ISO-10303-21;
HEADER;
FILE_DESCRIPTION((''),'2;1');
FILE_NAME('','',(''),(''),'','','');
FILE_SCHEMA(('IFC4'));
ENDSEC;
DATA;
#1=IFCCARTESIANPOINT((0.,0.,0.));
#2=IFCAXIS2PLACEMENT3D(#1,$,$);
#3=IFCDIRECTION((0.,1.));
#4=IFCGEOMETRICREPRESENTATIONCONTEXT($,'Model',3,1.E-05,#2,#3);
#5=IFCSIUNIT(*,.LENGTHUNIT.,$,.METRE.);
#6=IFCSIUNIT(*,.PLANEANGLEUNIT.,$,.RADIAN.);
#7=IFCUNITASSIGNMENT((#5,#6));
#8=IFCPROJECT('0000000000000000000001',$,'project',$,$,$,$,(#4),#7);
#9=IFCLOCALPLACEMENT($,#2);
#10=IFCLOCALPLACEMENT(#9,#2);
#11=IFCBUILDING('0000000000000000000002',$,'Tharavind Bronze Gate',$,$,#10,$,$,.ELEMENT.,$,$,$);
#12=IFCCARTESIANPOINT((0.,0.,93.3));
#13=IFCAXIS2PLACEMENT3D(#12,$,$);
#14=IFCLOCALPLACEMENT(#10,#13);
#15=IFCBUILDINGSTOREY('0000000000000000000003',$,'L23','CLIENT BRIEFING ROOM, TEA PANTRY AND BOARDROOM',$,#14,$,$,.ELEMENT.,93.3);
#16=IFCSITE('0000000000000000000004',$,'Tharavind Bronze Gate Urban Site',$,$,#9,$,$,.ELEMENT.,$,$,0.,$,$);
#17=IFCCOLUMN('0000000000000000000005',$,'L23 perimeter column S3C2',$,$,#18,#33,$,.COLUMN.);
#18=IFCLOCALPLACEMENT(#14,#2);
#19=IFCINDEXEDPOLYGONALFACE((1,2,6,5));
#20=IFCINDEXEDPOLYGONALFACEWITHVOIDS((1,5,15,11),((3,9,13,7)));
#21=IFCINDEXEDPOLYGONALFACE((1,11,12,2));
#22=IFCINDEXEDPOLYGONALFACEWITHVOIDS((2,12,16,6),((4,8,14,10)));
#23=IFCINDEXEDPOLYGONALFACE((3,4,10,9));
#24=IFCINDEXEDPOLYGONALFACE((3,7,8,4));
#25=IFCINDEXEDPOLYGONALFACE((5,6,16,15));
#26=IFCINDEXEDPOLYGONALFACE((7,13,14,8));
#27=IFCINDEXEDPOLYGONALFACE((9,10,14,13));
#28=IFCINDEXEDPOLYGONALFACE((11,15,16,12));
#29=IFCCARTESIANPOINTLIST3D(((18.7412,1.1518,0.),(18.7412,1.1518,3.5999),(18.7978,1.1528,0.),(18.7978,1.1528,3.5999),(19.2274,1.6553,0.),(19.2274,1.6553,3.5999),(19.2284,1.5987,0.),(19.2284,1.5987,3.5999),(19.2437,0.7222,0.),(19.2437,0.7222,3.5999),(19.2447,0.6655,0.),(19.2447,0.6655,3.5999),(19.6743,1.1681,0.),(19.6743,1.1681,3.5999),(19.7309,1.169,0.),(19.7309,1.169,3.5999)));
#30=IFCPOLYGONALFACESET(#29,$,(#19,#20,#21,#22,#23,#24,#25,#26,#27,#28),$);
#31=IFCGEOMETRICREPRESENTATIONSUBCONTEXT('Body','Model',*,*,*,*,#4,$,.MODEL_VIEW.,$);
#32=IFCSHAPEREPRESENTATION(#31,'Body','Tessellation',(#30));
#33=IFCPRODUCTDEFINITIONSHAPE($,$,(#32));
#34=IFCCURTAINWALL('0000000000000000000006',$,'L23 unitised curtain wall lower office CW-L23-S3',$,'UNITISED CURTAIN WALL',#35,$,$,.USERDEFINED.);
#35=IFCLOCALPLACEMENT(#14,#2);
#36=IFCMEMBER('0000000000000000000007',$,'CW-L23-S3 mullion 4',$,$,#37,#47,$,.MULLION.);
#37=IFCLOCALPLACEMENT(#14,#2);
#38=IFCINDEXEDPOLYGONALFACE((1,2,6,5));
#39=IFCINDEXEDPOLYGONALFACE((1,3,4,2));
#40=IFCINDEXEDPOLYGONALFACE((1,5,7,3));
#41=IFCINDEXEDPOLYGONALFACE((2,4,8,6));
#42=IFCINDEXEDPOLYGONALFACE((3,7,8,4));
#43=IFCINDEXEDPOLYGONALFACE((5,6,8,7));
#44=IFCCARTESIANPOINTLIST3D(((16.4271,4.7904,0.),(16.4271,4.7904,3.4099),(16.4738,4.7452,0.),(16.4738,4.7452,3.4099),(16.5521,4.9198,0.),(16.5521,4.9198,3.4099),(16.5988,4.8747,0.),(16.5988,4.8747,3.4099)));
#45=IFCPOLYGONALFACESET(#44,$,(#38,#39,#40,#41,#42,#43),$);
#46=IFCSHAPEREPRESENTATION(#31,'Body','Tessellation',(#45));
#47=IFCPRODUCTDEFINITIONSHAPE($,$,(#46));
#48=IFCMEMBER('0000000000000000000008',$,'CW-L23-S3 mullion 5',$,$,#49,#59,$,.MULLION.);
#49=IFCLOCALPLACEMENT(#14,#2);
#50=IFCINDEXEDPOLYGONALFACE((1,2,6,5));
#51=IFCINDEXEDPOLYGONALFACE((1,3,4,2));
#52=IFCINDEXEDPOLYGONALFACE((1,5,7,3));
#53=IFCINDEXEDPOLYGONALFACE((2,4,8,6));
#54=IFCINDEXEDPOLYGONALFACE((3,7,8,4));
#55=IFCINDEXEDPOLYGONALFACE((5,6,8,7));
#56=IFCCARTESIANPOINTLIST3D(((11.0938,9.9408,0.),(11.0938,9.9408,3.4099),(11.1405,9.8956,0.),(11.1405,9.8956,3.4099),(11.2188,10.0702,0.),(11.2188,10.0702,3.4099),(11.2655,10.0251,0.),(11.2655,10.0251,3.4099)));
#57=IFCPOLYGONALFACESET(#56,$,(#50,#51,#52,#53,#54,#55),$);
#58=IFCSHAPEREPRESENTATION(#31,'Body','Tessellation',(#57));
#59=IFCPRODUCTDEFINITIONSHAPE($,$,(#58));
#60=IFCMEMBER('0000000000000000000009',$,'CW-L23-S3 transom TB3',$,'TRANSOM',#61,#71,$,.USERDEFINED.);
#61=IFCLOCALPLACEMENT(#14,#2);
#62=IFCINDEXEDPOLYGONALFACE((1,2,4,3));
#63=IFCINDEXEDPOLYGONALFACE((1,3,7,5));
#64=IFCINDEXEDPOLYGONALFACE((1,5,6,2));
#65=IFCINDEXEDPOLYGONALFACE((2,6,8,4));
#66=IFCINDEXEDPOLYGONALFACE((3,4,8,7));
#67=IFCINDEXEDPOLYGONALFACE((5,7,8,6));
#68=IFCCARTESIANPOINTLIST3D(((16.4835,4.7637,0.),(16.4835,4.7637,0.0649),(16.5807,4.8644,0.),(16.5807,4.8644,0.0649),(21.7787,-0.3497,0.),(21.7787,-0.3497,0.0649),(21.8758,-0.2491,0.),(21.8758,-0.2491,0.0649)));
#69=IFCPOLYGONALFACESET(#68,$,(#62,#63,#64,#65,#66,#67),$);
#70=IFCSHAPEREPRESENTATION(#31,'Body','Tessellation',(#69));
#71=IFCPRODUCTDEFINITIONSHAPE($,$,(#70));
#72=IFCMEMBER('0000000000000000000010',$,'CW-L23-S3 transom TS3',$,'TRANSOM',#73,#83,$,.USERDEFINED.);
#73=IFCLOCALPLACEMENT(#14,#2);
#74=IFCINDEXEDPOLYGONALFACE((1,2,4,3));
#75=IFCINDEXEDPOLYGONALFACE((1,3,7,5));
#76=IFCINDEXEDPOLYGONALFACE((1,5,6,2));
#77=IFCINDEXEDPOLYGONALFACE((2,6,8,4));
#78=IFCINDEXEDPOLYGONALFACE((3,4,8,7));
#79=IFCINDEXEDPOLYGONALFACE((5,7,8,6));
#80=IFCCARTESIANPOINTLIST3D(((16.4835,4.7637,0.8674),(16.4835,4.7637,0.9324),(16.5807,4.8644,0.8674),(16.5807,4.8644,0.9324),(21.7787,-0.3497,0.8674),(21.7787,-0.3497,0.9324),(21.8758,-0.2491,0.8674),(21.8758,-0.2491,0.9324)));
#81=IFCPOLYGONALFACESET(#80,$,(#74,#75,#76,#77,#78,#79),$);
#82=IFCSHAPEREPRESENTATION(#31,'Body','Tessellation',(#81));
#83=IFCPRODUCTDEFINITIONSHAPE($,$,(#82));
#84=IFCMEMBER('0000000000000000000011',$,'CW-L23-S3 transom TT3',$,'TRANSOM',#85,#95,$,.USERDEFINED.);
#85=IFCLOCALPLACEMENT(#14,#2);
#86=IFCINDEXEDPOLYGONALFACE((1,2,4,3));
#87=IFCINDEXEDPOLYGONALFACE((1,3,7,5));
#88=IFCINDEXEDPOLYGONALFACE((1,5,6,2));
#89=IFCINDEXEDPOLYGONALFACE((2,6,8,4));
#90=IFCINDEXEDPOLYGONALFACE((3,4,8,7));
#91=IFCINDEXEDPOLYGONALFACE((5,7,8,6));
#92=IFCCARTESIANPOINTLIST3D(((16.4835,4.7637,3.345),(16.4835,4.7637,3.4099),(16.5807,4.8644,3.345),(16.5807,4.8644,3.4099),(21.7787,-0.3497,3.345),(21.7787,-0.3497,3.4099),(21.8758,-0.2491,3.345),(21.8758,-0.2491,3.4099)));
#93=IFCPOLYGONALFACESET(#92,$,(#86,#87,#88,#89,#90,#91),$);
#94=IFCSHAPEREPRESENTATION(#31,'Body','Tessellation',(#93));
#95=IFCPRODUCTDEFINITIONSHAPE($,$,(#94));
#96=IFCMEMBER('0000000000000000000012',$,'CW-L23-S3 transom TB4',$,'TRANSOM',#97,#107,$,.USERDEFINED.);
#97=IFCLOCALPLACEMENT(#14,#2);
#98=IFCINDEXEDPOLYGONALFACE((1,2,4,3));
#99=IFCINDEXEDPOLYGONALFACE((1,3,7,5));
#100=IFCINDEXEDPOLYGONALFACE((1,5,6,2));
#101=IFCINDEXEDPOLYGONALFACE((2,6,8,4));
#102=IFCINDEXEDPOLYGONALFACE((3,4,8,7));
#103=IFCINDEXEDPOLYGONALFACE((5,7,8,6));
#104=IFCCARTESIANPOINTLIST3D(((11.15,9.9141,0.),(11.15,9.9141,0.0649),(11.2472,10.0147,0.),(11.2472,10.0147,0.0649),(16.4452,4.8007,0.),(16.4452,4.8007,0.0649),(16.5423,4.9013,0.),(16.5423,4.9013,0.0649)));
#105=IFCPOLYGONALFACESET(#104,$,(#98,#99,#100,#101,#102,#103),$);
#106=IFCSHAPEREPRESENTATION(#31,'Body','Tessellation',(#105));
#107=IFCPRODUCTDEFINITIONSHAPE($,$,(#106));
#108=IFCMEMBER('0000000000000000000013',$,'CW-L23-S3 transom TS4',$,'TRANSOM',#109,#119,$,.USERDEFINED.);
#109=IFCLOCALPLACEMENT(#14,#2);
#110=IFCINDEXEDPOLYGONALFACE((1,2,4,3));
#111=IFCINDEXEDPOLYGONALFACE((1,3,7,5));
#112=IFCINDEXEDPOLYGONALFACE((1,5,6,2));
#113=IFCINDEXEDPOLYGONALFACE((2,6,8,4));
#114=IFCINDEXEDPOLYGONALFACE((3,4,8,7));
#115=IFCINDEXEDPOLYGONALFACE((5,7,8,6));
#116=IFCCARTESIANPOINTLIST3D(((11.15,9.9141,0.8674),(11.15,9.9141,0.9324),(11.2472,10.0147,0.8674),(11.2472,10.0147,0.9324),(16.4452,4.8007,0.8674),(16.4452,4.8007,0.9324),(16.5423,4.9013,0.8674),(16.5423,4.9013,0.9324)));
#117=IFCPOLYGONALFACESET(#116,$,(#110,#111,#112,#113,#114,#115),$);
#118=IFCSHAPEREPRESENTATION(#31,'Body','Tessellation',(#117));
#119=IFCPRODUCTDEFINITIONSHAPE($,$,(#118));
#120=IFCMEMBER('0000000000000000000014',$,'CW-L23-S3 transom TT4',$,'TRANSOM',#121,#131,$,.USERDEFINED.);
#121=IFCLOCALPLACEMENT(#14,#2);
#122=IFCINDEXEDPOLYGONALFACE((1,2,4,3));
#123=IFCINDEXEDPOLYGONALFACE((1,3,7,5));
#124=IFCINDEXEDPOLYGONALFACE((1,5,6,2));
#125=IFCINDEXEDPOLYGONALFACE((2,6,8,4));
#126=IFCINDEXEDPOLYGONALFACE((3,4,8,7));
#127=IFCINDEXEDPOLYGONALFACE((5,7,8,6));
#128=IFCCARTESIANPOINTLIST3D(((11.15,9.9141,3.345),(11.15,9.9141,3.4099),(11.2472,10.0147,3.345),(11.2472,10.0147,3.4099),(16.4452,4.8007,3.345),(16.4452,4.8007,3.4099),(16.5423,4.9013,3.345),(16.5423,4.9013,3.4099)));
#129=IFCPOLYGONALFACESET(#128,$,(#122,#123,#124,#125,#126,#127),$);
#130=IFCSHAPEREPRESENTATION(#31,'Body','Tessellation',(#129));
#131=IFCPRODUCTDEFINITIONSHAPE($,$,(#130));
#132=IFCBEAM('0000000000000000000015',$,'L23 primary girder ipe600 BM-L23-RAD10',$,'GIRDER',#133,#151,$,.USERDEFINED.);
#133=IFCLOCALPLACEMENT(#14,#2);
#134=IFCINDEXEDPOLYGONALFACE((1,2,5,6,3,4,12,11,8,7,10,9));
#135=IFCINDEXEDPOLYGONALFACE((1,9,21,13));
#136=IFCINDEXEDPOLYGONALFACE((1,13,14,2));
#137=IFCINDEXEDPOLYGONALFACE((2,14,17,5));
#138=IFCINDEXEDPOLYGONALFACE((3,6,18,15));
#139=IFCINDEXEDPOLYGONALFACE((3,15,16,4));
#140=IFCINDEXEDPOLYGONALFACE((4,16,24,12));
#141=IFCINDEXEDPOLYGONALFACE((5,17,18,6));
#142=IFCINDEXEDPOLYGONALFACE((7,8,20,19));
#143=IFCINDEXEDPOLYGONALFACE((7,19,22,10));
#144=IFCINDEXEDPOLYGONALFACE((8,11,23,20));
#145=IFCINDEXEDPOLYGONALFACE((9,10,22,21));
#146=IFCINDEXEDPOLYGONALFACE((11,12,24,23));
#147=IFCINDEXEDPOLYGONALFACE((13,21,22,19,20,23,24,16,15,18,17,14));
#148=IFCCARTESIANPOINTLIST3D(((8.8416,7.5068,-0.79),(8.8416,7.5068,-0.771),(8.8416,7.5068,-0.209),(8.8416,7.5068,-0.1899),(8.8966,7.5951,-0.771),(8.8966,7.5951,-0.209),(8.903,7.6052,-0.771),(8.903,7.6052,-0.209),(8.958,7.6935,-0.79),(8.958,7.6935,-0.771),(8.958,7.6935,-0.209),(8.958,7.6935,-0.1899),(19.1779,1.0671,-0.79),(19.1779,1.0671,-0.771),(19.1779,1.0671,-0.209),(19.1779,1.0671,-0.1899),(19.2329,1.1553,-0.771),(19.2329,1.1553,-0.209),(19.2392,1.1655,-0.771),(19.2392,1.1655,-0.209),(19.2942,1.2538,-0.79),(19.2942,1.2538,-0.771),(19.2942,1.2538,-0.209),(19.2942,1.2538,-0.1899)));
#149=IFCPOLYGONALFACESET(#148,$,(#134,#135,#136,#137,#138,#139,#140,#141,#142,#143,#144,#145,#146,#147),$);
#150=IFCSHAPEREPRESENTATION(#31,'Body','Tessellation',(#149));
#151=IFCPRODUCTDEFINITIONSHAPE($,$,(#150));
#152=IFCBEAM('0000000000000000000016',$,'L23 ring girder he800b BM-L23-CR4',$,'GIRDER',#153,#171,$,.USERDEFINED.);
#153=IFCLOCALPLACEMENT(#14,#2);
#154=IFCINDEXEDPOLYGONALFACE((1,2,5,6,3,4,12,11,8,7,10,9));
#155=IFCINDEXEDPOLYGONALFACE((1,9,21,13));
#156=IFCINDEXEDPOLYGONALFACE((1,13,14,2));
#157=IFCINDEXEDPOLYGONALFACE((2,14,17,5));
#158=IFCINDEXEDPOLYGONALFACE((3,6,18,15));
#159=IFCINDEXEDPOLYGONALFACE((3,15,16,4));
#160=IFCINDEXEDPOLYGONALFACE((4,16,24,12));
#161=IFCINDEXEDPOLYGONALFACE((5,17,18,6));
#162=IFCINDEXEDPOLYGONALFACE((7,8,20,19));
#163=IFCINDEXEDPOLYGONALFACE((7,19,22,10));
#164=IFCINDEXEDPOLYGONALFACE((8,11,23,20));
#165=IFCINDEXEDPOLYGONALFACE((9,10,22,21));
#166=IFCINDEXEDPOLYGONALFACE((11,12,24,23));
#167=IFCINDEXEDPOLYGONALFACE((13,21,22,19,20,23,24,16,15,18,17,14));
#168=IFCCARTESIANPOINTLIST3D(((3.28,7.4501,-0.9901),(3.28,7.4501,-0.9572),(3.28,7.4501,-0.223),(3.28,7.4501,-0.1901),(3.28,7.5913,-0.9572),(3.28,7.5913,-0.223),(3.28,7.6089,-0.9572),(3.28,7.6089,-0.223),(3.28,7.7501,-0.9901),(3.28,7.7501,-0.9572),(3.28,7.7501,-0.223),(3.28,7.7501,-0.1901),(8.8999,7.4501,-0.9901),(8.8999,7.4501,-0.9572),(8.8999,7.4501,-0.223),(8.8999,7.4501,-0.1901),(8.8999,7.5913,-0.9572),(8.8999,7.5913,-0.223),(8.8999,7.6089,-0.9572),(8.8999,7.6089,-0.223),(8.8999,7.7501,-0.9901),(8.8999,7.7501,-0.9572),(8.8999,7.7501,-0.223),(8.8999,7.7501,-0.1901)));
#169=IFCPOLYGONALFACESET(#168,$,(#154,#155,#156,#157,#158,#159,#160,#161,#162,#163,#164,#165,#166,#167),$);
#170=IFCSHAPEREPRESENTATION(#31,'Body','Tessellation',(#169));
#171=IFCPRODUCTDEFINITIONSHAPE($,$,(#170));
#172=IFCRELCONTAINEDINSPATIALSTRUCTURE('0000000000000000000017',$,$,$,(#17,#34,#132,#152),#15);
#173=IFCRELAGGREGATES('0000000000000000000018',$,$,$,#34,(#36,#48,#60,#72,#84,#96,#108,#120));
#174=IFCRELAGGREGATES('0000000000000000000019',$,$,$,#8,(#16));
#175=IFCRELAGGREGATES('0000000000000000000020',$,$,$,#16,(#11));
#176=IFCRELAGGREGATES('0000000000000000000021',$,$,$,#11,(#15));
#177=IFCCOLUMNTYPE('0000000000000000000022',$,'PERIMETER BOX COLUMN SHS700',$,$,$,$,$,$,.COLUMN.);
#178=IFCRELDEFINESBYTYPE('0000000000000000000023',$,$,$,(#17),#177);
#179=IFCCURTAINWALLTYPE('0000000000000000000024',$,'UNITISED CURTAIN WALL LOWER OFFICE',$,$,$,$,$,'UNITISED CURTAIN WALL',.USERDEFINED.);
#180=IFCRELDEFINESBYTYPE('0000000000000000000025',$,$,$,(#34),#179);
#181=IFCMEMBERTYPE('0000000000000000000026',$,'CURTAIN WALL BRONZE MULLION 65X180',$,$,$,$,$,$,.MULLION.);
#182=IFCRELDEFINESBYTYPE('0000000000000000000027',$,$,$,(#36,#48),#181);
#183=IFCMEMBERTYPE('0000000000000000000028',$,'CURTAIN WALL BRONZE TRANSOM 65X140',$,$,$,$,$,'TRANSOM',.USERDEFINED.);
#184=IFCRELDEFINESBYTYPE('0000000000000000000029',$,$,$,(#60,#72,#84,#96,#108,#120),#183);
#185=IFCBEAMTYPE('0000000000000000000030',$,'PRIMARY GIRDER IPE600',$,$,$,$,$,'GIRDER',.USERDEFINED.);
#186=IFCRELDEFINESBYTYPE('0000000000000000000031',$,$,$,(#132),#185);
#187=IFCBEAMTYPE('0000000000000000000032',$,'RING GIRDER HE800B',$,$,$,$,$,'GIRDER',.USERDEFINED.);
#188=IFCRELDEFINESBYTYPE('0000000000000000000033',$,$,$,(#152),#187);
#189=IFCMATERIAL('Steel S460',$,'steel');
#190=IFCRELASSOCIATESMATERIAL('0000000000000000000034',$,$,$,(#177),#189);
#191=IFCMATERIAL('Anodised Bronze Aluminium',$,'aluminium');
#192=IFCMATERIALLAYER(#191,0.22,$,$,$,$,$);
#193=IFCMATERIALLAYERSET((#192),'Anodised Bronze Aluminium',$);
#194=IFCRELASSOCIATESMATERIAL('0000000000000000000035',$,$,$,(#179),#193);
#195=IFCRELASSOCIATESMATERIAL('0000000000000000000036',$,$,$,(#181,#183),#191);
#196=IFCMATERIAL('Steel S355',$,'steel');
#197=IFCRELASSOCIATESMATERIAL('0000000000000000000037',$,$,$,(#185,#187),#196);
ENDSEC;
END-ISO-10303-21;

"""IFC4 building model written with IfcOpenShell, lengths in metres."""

from ifc_helpers import new_model, si_unit, direction, frame, origin, origin_2d, place, context, subcontext, project, spatial, rectangle, hollow_rectangle, i_section, extrude, material, layer, layer_set, material_profile, profile_set, type_object, element, aggregate, save


model = new_model("IFC4")

# Units and contexts
model_context = context("Model", 3, precision=1e-05, world=origin(), true_north=direction((0.0, 1.0)))
body_context = subcontext(model_context, "Body", "Model", "MODEL_VIEW")
ifc_project = project(units=[si_unit("LENGTHUNIT", "METRE"), si_unit("PLANEANGLEUNIT", "RADIAN")], contexts=[model_context])

# Site, building, storey
site_placement = place(None, origin())
site = spatial("IfcSite", under=ifc_project, at=site_placement, Name="Tharavind Bronze Gate Urban Site", CompositionType="ELEMENT", RefElevation=0.0)
building_placement = place(site_placement, origin())
building = spatial("IfcBuilding", under=site, at=building_placement, Name="Tharavind Bronze Gate", CompositionType="ELEMENT")
storey_placement = place(building_placement, frame((0.0, 0.0, 93.3)))
storey = spatial("IfcBuildingStorey", under=building, at=storey_placement, Name="L23", Description="CLIENT BRIEFING ROOM, TEA PANTRY AND BOARDROOM", CompositionType="ELEMENT", Elevation=93.3)

# Column
ifc_material_1 = material(Name="Steel S460", Category="steel")
ifc_material_profile_1 = material_profile(ifc_material_1, hollow_rectangle(XDim=0.7, YDim=0.7, WallThickness=0.04, at=origin_2d()), Name="SHS700X40")
ifc_profile_set_1 = profile_set([ifc_material_profile_1], Name="Steel S460")
column_type = type_object("IfcColumnType", Name="PERIMETER BOX COLUMN SHS700", PredefinedType="COLUMN", material=ifc_profile_set_1)
column_placement = place(storey_placement, frame((19.2361, 1.1604, 0.0), z_axis=(0.0, 0.0, 1.0), x_axis=(-0.71934, 0.694658, 0.0)))
element("IfcColumn", 1, at=column_placement, inside=storey, type_object=column_type, Name="L23 perimeter column S3C2", PredefinedType="COLUMN", context=body_context, shape_type="SweptSolid", body=[
    extrude(hollow_rectangle(XDim=0.7, YDim=0.7, WallThickness=0.04, at=origin_2d()), origin(), (0.0, 0.0, 1.0), 3.5999),
])

# Curtain wall, members
ifc_material_2 = material(Name="Anodised Bronze Aluminium", Category="aluminium")
ifc_layer_1 = layer(ifc_material_2, 0.22)
ifc_layer_set_1 = layer_set([ifc_layer_1], Name="Anodised Bronze Aluminium")
curtain_wall_type = type_object("IfcCurtainWallType", Name="UNITISED CURTAIN WALL LOWER OFFICE", ElementType="UNITISED CURTAIN WALL", PredefinedType="USERDEFINED", material=ifc_layer_set_1)
curtain_wall_placement = place(storey_placement, origin())
curtain_wall = element("IfcCurtainWall", 2, at=curtain_wall_placement, inside=storey, type_object=curtain_wall_type, Name="L23 unitised curtain wall lower office CW-L23-S3", ObjectType="UNITISED CURTAIN WALL", PredefinedType="USERDEFINED")
member_type_1 = type_object("IfcMemberType", Name="CURTAIN WALL BRONZE MULLION 65X180", PredefinedType="MULLION", material=ifc_material_2)
member_1_placement = place(storey_placement, frame((16.5129, 4.8325, 0.0), z_axis=(0.0, 0.0, 1.0), x_axis=(-0.719341, 0.694657, 0.0)))
member_1 = element("IfcMember", 3, at=member_1_placement, type_object=member_type_1, Name="CW-L23-S3 mullion 4", PredefinedType="MULLION", context=body_context, shape_type="SweptSolid", body=[
    extrude(rectangle(XDim=0.0649, YDim=0.1799, at=origin_2d()), origin(), (0.0, 0.0, 1.0), 3.4099),
])
member_2_placement = place(storey_placement, frame((11.1797, 9.9829, 0.0), z_axis=(0.0, 0.0, 1.0), x_axis=(-0.719341, 0.694657, 0.0)))
member_2 = element("IfcMember", 4, at=member_2_placement, type_object=member_type_1, Name="CW-L23-S3 mullion 5", PredefinedType="MULLION", context=body_context, shape_type="SweptSolid", body=[
    extrude(rectangle(XDim=0.0649, YDim=0.1799, at=origin_2d()), origin(), (0.0, 0.0, 1.0), 3.4099),
])
member_type_2 = type_object("IfcMemberType", Name="CURTAIN WALL BRONZE TRANSOM 65X140", ElementType="TRANSOM", PredefinedType="USERDEFINED", material=ifc_material_2)
member_3_placement = place(storey_placement, frame((19.1797, 2.2573, 0.0), z_axis=(0.0, 0.0, 1.0), x_axis=(-0.719341, 0.694657, 0.0)))
member_3 = element("IfcMember", 5, at=member_3_placement, type_object=member_type_2, Name="CW-L23-S3 transom TB3", ObjectType="TRANSOM", PredefinedType="USERDEFINED", context=body_context, shape_type="SweptSolid", body=[
    extrude(rectangle(XDim=7.3611, YDim=0.1399, at=origin_2d()), origin(), (0.0, 0.0, 1.0), 0.0649),
])
member_4_placement = place(storey_placement, frame((19.1797, 2.2573, 0.8674), z_axis=(0.0, 0.0, 1.0), x_axis=(-0.719341, 0.694657, 0.0)))
member_4 = element("IfcMember", 6, at=member_4_placement, type_object=member_type_2, Name="CW-L23-S3 transom TS3", ObjectType="TRANSOM", PredefinedType="USERDEFINED", context=body_context, shape_type="SweptSolid", body=[
    extrude(rectangle(XDim=7.3611, YDim=0.1399, at=origin_2d()), origin(), (0.0, 0.0, 1.0), 0.0649),
])
member_5_placement = place(storey_placement, frame((19.1797, 2.2573, 3.345), z_axis=(0.0, 0.0, 1.0), x_axis=(-0.719341, 0.694657, 0.0)))
member_5 = element("IfcMember", 7, at=member_5_placement, type_object=member_type_2, Name="CW-L23-S3 transom TT3", ObjectType="TRANSOM", PredefinedType="USERDEFINED", context=body_context, shape_type="SweptSolid", body=[
    extrude(rectangle(XDim=7.3611, YDim=0.1399, at=origin_2d()), origin(), (0.0, 0.0, 1.0), 0.0649),
])
member_6_placement = place(storey_placement, frame((13.8462, 7.4077, 0.0), z_axis=(0.0, 0.0, 1.0), x_axis=(-0.719341, 0.694657, 0.0)))
member_6 = element("IfcMember", 8, at=member_6_placement, type_object=member_type_2, Name="CW-L23-S3 transom TB4", ObjectType="TRANSOM", PredefinedType="USERDEFINED", context=body_context, shape_type="SweptSolid", body=[
    extrude(rectangle(XDim=7.3611, YDim=0.1399, at=origin_2d()), origin(), (0.0, 0.0, 1.0), 0.0649),
])
member_7_placement = place(storey_placement, frame((13.8462, 7.4077, 0.8674), z_axis=(0.0, 0.0, 1.0), x_axis=(-0.719341, 0.694657, 0.0)))
member_7 = element("IfcMember", 9, at=member_7_placement, type_object=member_type_2, Name="CW-L23-S3 transom TS4", ObjectType="TRANSOM", PredefinedType="USERDEFINED", context=body_context, shape_type="SweptSolid", body=[
    extrude(rectangle(XDim=7.3611, YDim=0.1399, at=origin_2d()), origin(), (0.0, 0.0, 1.0), 0.0649),
])
member_8_placement = place(storey_placement, frame((13.8462, 7.4077, 3.345), z_axis=(0.0, 0.0, 1.0), x_axis=(-0.719341, 0.694657, 0.0)))
member_8 = element("IfcMember", 10, at=member_8_placement, type_object=member_type_2, Name="CW-L23-S3 transom TT4", ObjectType="TRANSOM", PredefinedType="USERDEFINED", context=body_context, shape_type="SweptSolid", body=[
    extrude(rectangle(XDim=7.3611, YDim=0.1399, at=origin_2d()), origin(), (0.0, 0.0, 1.0), 0.0649),
])

# Beams
ifc_material_3 = material(Name="Steel S355", Category="steel")
ifc_material_profile_2 = material_profile(ifc_material_3, i_section(OverallWidth=0.22, OverallDepth=0.6001, WebThickness=0.012, FlangeThickness=0.019, at=origin_2d()), Name="IPE600")
ifc_profile_set_2 = profile_set([ifc_material_profile_2], Name="Steel S355")
beam_type_1 = type_object("IfcBeamType", Name="PRIMARY GIRDER IPE600", ElementType="GIRDER", PredefinedType="USERDEFINED", material=ifc_profile_set_2)
beam_1_placement = place(storey_placement, frame((19.2361, 1.1604, -0.49), z_axis=(-0.848751, 0.528793, 0.0), x_axis=(-0.528793, -0.848751, 0.0)))
element("IfcBeam", 11, at=beam_1_placement, inside=storey, type_object=beam_type_1, Name="L23 primary girder ipe600 BM-L23-RAD10", ObjectType="GIRDER", PredefinedType="USERDEFINED", context=body_context, shape_type="SweptSolid", body=[
    extrude(i_section(OverallWidth=0.22, OverallDepth=0.6001, WebThickness=0.012, FlangeThickness=0.019, at=origin_2d()), origin(), (0.0, 0.0, 1.0), 12.1782),
])
ifc_material_profile_3 = material_profile(ifc_material_3, i_section(OverallWidth=0.3, OverallDepth=0.8, WebThickness=0.0176, FlangeThickness=0.033, at=origin_2d()), Name="HE800B")
ifc_profile_set_3 = profile_set([ifc_material_profile_3], Name="Steel S355")
beam_type_2 = type_object("IfcBeamType", Name="RING GIRDER HE800B", ElementType="GIRDER", PredefinedType="USERDEFINED", material=ifc_profile_set_3)
beam_2_placement = place(storey_placement, frame((8.8999, 7.6001, -0.5901), z_axis=(-1.0, 0.0, 0.0), x_axis=(0.0, -1.0, 0.0)))
element("IfcBeam", 12, at=beam_2_placement, inside=storey, type_object=beam_type_2, Name="L23 ring girder he800b BM-L23-CR4", ObjectType="GIRDER", PredefinedType="USERDEFINED", context=body_context, shape_type="SweptSolid", body=[
    extrude(i_section(OverallWidth=0.3, OverallDepth=0.8, WebThickness=0.0176, FlangeThickness=0.033, at=origin_2d()), origin(), (0.0, 0.0, 1.0), 5.6199),
])

aggregate(curtain_wall, [member_1, member_2, member_3, member_4, member_5, member_6, member_7, member_8])

save(model, "model.ifc")
